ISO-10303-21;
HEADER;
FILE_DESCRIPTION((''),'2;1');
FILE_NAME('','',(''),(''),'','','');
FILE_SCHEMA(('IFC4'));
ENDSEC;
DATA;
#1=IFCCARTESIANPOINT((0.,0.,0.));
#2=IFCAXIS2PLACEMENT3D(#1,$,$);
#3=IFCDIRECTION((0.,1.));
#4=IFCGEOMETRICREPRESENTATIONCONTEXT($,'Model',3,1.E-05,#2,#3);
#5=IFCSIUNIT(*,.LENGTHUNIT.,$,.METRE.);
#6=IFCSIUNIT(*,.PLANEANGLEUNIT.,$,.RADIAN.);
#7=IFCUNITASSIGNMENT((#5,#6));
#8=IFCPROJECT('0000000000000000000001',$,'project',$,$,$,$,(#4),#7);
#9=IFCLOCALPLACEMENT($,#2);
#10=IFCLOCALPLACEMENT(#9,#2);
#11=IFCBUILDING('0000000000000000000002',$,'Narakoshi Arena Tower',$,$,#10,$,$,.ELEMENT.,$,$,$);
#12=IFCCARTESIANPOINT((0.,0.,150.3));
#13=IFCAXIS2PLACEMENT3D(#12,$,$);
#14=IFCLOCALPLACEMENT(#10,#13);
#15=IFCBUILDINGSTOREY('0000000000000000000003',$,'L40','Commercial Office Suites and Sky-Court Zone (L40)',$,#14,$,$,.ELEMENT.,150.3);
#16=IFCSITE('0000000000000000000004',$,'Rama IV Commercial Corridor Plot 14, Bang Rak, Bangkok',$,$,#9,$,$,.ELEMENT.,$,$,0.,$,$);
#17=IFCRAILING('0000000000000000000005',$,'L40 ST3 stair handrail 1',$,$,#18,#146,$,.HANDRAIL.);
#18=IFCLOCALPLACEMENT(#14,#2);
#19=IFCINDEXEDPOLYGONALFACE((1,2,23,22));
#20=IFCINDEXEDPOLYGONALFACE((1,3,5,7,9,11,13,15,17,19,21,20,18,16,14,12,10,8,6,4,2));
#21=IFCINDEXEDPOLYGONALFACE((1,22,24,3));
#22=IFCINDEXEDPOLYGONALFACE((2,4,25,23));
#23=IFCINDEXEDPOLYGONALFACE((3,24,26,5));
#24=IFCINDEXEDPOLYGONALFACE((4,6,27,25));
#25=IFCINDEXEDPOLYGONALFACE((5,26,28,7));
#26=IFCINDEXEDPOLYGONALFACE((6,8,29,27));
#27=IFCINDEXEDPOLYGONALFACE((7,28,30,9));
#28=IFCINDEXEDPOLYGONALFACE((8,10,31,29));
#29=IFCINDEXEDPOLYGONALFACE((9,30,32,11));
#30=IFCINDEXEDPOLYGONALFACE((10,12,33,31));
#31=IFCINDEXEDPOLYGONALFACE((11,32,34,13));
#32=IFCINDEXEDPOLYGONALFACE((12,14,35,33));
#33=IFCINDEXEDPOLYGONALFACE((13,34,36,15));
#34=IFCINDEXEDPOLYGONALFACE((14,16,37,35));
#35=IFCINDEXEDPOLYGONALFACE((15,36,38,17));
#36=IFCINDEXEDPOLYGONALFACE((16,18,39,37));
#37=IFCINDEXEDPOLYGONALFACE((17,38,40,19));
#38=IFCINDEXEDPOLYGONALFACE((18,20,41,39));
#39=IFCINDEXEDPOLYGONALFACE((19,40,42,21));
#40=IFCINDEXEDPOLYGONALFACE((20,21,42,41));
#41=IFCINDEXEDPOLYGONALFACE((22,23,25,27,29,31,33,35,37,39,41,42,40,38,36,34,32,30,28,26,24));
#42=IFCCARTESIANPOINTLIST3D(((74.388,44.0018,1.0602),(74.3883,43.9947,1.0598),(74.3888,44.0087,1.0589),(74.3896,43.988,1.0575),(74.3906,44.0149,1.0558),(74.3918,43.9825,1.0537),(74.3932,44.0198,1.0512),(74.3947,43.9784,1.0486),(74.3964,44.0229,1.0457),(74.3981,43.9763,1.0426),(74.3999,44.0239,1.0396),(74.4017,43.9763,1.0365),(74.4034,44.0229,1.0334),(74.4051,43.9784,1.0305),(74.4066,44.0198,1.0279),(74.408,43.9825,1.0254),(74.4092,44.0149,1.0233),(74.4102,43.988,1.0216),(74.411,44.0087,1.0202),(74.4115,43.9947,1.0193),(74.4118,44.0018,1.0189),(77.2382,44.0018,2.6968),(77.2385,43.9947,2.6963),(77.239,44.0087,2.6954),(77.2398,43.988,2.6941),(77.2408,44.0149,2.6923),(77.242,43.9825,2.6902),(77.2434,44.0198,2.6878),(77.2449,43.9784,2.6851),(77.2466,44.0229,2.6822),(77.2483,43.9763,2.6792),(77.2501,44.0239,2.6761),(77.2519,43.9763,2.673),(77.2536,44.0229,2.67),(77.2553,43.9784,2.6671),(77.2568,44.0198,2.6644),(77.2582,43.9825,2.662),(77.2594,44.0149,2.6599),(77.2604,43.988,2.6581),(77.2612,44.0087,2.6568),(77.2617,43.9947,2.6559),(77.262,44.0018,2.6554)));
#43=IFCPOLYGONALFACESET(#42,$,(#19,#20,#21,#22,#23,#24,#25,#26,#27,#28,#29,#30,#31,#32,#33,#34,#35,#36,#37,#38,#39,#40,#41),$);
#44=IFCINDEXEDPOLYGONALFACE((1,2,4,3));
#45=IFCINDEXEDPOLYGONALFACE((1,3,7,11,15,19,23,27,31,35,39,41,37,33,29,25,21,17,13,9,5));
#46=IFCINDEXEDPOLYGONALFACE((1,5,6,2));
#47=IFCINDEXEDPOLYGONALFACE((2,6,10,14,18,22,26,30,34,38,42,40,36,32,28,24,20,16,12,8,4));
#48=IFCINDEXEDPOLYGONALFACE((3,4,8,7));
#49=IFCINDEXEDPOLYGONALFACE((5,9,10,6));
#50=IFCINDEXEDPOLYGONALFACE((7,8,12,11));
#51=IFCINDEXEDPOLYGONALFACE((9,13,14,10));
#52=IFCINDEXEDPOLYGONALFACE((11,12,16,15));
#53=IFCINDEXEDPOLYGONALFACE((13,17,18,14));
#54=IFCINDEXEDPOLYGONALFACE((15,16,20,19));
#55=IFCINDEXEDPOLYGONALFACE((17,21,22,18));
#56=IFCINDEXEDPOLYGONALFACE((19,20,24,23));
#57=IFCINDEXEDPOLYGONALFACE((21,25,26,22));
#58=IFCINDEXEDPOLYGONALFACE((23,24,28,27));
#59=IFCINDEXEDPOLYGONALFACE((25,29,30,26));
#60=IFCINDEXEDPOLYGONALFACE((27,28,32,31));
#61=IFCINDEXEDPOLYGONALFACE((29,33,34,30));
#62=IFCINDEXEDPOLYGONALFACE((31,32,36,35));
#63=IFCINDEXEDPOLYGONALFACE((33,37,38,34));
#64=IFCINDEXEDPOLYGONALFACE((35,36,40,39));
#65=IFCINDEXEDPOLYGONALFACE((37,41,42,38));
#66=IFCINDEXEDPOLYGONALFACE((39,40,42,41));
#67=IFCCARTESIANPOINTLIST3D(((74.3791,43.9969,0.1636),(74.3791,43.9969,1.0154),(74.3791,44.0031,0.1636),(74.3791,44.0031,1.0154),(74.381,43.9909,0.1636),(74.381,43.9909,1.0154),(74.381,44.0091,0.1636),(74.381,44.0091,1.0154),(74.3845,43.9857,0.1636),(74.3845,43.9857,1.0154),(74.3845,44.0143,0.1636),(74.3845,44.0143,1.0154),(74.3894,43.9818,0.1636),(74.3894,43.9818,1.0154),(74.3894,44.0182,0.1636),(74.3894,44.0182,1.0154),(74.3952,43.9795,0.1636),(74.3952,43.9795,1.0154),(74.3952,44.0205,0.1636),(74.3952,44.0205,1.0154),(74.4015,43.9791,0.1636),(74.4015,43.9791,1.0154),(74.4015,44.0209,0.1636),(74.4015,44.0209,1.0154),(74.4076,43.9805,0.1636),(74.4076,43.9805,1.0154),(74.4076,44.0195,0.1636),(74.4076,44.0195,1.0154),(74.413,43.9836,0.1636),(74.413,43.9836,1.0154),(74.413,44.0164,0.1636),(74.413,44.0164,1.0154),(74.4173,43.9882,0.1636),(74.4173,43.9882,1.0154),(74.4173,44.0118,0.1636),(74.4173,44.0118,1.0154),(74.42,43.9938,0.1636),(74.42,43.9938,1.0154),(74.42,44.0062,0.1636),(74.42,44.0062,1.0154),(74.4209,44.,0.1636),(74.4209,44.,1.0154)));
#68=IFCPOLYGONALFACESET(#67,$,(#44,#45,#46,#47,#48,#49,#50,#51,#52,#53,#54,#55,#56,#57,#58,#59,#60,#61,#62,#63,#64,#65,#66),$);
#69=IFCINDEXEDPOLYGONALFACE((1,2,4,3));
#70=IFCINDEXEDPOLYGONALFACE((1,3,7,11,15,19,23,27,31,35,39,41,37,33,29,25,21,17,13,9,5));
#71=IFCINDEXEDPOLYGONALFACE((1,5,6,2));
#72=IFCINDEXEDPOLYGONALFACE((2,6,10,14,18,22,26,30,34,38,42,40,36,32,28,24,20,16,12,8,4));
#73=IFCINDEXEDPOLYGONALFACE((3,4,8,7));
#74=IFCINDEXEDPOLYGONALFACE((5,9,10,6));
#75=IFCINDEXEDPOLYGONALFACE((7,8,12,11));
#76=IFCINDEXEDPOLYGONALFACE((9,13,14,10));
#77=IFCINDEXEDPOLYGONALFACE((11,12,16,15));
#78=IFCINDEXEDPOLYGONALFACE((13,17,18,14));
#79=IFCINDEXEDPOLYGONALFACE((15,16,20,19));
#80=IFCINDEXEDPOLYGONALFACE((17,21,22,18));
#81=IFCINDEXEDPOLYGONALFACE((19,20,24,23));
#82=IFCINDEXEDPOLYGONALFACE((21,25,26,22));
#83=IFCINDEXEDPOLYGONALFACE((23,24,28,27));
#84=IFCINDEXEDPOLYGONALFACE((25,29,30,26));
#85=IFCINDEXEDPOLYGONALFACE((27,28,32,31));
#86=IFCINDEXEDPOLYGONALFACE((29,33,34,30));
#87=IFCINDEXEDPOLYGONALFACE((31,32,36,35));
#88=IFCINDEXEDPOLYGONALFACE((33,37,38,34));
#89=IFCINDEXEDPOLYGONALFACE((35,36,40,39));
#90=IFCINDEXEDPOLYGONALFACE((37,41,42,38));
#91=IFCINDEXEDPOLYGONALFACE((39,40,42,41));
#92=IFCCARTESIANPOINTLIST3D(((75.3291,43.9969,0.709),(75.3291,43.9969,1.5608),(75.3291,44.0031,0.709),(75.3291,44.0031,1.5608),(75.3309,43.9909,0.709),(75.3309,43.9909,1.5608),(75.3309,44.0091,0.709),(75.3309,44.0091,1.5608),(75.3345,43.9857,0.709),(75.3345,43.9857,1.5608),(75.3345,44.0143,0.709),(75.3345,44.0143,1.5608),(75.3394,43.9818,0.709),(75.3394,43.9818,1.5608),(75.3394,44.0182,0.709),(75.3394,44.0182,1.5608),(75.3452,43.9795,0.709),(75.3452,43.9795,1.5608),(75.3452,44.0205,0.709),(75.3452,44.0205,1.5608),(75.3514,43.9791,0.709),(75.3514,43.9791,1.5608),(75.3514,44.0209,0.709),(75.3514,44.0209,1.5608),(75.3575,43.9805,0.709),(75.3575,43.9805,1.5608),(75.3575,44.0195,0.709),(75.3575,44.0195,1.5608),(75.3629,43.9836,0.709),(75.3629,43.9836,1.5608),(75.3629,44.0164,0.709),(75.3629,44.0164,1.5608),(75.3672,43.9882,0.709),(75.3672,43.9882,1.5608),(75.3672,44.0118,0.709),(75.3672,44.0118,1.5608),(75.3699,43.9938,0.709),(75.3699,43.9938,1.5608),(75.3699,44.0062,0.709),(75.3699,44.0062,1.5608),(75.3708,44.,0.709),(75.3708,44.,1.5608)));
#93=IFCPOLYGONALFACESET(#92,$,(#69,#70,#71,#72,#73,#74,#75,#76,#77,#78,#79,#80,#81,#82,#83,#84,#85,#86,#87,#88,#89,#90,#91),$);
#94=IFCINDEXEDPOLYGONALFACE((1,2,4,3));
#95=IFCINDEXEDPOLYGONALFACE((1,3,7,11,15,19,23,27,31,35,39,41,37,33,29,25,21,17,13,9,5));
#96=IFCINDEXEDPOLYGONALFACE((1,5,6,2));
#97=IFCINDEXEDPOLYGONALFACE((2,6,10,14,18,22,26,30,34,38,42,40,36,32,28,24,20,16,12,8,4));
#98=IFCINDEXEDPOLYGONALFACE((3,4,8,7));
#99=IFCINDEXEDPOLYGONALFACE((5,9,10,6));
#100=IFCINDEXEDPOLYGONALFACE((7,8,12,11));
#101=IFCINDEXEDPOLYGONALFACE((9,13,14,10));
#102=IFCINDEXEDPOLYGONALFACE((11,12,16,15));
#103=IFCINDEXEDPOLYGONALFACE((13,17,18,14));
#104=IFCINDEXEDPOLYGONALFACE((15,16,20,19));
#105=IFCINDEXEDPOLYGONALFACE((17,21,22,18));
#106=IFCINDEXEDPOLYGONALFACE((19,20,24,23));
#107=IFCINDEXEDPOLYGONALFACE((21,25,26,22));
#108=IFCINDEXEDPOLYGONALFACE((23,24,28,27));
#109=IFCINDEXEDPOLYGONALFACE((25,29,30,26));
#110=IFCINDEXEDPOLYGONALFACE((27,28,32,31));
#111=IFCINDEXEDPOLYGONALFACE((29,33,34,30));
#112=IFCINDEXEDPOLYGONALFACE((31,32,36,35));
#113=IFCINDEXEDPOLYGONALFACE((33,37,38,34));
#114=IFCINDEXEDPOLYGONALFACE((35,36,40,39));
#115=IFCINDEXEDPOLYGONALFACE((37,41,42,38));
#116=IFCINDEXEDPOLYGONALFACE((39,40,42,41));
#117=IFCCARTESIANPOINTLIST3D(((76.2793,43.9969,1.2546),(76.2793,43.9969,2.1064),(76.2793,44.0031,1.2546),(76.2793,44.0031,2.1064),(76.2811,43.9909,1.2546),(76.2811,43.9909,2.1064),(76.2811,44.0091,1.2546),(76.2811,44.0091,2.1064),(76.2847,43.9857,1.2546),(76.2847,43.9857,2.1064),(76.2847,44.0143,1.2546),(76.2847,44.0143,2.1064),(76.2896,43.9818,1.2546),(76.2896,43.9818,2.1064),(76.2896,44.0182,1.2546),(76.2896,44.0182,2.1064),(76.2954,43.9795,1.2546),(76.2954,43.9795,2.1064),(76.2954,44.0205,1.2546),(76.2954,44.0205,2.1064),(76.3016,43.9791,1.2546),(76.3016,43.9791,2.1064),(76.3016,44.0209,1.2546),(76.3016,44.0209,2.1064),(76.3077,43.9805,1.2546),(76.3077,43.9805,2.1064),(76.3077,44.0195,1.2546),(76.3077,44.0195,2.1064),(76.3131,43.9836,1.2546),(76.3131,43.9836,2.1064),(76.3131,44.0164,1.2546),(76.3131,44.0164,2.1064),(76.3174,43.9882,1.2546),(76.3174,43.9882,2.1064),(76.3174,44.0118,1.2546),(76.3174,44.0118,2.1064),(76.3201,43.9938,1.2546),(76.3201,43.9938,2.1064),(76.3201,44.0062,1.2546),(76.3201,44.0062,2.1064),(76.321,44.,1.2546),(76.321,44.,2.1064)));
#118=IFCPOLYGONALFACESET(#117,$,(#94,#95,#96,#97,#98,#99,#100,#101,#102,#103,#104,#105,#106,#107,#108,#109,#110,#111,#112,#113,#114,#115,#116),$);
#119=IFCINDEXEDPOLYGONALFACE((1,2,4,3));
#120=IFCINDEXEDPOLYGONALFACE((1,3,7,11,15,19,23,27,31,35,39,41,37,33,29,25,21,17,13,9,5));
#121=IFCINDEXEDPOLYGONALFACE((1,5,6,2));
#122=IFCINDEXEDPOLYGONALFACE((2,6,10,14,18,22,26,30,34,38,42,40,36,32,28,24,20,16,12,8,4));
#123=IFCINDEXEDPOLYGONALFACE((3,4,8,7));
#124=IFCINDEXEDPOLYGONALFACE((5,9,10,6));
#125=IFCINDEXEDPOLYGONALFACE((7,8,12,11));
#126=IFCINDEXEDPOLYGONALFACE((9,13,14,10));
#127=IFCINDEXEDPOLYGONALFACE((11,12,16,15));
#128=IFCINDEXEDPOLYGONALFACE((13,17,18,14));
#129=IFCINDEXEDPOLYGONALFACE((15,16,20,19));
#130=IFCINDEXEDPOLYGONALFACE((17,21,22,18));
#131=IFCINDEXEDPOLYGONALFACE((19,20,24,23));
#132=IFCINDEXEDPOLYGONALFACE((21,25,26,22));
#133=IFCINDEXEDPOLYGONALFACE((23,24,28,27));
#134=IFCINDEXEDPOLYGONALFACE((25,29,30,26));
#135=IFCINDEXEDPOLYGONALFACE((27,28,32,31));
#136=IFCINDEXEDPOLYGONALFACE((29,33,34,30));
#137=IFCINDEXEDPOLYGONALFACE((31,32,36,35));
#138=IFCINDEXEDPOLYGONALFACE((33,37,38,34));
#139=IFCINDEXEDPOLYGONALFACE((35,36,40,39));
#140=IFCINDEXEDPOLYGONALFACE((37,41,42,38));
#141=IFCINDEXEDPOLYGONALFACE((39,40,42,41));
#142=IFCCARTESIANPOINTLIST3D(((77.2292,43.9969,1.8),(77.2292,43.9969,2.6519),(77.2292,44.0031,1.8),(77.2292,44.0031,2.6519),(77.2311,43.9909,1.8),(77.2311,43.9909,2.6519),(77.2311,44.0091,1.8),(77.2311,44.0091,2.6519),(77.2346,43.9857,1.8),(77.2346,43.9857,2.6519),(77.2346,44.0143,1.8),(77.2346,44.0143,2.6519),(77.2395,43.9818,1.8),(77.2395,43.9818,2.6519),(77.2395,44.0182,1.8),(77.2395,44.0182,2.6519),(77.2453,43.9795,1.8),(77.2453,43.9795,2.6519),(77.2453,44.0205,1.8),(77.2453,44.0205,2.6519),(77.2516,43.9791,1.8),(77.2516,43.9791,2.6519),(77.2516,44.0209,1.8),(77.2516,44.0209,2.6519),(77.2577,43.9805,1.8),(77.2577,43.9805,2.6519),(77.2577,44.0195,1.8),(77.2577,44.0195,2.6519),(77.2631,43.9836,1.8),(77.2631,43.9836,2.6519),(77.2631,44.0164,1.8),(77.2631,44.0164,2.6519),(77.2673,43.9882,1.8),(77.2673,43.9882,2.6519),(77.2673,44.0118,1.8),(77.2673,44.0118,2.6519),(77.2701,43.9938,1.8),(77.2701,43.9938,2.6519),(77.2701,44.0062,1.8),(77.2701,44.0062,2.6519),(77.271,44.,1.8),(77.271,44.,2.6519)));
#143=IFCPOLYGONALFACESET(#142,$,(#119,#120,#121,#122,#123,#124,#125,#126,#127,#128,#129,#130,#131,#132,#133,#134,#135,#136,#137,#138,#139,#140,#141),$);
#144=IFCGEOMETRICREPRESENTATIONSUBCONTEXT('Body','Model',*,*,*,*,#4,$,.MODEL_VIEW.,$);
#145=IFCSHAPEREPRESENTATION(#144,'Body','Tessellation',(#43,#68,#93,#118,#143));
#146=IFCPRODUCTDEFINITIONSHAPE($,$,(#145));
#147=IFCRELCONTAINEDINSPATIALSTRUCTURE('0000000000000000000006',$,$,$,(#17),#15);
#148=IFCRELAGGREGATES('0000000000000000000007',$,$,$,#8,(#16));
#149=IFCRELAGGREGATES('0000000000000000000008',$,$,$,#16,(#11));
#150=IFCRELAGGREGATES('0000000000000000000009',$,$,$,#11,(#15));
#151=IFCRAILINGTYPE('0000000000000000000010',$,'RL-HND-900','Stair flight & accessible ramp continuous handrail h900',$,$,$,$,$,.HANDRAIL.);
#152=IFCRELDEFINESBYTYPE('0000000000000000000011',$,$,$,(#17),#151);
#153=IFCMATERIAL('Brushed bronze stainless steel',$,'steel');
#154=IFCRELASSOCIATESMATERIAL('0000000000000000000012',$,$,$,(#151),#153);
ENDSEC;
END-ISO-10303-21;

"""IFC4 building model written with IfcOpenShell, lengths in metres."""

from ifc_helpers import new_model, si_unit, direction, frame, origin, origin_2d, place, context, subcontext, project, spatial, circle, extrude, material, type_object, element, save


model = new_model("IFC4")

# Units and contexts
model_context = context("Model", 3, precision=1e-05, world=origin(), true_north=direction((0.0, 1.0)))
body_context = subcontext(model_context, "Body", "Model", "MODEL_VIEW")
ifc_project = project(units=[si_unit("LENGTHUNIT", "METRE"), si_unit("PLANEANGLEUNIT", "RADIAN")], contexts=[model_context])

# Site, building, storey
site_placement = place(None, origin())
site = spatial("IfcSite", under=ifc_project, at=site_placement, Name="Rama IV Commercial Corridor Plot 14, Bang Rak, Bangkok", CompositionType="ELEMENT", RefElevation=0.0)
building_placement = place(site_placement, origin())
building = spatial("IfcBuilding", under=site, at=building_placement, Name="Narakoshi Arena Tower", CompositionType="ELEMENT")
storey_placement = place(building_placement, frame((0.0, 0.0, 150.3)))
storey = spatial("IfcBuildingStorey", under=building, at=storey_placement, Name="L40", Description="Commercial Office Suites and Sky-Court Zone (L40)", CompositionType="ELEMENT", Elevation=150.3)

# Railing
ifc_material_1 = material(Name="Brushed bronze stainless steel", Category="steel")
railing_type_1 = type_object("IfcRailingType", Name="RL-HND-900", Description="Stair flight & accessible ramp continuous handrail h900", PredefinedType="HANDRAIL", material=ifc_material_1)
railing_1_placement = place(storey_placement, frame((74.3999, 44.0, 0.1636)))
element("IfcRailing", 1, at=railing_1_placement, inside=storey, type_object=railing_type_1, Name="L40 ST3 stair handrail 1", PredefinedType="HANDRAIL", context=body_context, shape_type="SweptSolid", body=[
    extrude(circle(Radius=0.0239, at=origin_2d()), frame((0.0, 0.0, 0.876), z_axis=(0.867213, 0.0, 0.497938), x_axis=(0.0, 1.0, 0.0)), (0.0, 0.0, 1.0), 3.2866),
    extrude(circle(Radius=0.021, at=origin_2d()), origin(), (0.0, 0.0, 1.0), 0.8518),
    extrude(circle(Radius=0.021, at=origin_2d()), frame((0.95, 0.0, 0.5454)), (0.0, 0.0, 1.0), 0.8518),
    extrude(circle(Radius=0.021, at=origin_2d()), frame((1.9001, 0.0, 1.0911)), (0.0, 0.0, 1.0), 0.8518),
    extrude(circle(Radius=0.021, at=origin_2d()), frame((2.8501, 0.0, 1.6365)), (0.0, 0.0, 1.0), 0.8518),
])

save(model, "model.ifc")
